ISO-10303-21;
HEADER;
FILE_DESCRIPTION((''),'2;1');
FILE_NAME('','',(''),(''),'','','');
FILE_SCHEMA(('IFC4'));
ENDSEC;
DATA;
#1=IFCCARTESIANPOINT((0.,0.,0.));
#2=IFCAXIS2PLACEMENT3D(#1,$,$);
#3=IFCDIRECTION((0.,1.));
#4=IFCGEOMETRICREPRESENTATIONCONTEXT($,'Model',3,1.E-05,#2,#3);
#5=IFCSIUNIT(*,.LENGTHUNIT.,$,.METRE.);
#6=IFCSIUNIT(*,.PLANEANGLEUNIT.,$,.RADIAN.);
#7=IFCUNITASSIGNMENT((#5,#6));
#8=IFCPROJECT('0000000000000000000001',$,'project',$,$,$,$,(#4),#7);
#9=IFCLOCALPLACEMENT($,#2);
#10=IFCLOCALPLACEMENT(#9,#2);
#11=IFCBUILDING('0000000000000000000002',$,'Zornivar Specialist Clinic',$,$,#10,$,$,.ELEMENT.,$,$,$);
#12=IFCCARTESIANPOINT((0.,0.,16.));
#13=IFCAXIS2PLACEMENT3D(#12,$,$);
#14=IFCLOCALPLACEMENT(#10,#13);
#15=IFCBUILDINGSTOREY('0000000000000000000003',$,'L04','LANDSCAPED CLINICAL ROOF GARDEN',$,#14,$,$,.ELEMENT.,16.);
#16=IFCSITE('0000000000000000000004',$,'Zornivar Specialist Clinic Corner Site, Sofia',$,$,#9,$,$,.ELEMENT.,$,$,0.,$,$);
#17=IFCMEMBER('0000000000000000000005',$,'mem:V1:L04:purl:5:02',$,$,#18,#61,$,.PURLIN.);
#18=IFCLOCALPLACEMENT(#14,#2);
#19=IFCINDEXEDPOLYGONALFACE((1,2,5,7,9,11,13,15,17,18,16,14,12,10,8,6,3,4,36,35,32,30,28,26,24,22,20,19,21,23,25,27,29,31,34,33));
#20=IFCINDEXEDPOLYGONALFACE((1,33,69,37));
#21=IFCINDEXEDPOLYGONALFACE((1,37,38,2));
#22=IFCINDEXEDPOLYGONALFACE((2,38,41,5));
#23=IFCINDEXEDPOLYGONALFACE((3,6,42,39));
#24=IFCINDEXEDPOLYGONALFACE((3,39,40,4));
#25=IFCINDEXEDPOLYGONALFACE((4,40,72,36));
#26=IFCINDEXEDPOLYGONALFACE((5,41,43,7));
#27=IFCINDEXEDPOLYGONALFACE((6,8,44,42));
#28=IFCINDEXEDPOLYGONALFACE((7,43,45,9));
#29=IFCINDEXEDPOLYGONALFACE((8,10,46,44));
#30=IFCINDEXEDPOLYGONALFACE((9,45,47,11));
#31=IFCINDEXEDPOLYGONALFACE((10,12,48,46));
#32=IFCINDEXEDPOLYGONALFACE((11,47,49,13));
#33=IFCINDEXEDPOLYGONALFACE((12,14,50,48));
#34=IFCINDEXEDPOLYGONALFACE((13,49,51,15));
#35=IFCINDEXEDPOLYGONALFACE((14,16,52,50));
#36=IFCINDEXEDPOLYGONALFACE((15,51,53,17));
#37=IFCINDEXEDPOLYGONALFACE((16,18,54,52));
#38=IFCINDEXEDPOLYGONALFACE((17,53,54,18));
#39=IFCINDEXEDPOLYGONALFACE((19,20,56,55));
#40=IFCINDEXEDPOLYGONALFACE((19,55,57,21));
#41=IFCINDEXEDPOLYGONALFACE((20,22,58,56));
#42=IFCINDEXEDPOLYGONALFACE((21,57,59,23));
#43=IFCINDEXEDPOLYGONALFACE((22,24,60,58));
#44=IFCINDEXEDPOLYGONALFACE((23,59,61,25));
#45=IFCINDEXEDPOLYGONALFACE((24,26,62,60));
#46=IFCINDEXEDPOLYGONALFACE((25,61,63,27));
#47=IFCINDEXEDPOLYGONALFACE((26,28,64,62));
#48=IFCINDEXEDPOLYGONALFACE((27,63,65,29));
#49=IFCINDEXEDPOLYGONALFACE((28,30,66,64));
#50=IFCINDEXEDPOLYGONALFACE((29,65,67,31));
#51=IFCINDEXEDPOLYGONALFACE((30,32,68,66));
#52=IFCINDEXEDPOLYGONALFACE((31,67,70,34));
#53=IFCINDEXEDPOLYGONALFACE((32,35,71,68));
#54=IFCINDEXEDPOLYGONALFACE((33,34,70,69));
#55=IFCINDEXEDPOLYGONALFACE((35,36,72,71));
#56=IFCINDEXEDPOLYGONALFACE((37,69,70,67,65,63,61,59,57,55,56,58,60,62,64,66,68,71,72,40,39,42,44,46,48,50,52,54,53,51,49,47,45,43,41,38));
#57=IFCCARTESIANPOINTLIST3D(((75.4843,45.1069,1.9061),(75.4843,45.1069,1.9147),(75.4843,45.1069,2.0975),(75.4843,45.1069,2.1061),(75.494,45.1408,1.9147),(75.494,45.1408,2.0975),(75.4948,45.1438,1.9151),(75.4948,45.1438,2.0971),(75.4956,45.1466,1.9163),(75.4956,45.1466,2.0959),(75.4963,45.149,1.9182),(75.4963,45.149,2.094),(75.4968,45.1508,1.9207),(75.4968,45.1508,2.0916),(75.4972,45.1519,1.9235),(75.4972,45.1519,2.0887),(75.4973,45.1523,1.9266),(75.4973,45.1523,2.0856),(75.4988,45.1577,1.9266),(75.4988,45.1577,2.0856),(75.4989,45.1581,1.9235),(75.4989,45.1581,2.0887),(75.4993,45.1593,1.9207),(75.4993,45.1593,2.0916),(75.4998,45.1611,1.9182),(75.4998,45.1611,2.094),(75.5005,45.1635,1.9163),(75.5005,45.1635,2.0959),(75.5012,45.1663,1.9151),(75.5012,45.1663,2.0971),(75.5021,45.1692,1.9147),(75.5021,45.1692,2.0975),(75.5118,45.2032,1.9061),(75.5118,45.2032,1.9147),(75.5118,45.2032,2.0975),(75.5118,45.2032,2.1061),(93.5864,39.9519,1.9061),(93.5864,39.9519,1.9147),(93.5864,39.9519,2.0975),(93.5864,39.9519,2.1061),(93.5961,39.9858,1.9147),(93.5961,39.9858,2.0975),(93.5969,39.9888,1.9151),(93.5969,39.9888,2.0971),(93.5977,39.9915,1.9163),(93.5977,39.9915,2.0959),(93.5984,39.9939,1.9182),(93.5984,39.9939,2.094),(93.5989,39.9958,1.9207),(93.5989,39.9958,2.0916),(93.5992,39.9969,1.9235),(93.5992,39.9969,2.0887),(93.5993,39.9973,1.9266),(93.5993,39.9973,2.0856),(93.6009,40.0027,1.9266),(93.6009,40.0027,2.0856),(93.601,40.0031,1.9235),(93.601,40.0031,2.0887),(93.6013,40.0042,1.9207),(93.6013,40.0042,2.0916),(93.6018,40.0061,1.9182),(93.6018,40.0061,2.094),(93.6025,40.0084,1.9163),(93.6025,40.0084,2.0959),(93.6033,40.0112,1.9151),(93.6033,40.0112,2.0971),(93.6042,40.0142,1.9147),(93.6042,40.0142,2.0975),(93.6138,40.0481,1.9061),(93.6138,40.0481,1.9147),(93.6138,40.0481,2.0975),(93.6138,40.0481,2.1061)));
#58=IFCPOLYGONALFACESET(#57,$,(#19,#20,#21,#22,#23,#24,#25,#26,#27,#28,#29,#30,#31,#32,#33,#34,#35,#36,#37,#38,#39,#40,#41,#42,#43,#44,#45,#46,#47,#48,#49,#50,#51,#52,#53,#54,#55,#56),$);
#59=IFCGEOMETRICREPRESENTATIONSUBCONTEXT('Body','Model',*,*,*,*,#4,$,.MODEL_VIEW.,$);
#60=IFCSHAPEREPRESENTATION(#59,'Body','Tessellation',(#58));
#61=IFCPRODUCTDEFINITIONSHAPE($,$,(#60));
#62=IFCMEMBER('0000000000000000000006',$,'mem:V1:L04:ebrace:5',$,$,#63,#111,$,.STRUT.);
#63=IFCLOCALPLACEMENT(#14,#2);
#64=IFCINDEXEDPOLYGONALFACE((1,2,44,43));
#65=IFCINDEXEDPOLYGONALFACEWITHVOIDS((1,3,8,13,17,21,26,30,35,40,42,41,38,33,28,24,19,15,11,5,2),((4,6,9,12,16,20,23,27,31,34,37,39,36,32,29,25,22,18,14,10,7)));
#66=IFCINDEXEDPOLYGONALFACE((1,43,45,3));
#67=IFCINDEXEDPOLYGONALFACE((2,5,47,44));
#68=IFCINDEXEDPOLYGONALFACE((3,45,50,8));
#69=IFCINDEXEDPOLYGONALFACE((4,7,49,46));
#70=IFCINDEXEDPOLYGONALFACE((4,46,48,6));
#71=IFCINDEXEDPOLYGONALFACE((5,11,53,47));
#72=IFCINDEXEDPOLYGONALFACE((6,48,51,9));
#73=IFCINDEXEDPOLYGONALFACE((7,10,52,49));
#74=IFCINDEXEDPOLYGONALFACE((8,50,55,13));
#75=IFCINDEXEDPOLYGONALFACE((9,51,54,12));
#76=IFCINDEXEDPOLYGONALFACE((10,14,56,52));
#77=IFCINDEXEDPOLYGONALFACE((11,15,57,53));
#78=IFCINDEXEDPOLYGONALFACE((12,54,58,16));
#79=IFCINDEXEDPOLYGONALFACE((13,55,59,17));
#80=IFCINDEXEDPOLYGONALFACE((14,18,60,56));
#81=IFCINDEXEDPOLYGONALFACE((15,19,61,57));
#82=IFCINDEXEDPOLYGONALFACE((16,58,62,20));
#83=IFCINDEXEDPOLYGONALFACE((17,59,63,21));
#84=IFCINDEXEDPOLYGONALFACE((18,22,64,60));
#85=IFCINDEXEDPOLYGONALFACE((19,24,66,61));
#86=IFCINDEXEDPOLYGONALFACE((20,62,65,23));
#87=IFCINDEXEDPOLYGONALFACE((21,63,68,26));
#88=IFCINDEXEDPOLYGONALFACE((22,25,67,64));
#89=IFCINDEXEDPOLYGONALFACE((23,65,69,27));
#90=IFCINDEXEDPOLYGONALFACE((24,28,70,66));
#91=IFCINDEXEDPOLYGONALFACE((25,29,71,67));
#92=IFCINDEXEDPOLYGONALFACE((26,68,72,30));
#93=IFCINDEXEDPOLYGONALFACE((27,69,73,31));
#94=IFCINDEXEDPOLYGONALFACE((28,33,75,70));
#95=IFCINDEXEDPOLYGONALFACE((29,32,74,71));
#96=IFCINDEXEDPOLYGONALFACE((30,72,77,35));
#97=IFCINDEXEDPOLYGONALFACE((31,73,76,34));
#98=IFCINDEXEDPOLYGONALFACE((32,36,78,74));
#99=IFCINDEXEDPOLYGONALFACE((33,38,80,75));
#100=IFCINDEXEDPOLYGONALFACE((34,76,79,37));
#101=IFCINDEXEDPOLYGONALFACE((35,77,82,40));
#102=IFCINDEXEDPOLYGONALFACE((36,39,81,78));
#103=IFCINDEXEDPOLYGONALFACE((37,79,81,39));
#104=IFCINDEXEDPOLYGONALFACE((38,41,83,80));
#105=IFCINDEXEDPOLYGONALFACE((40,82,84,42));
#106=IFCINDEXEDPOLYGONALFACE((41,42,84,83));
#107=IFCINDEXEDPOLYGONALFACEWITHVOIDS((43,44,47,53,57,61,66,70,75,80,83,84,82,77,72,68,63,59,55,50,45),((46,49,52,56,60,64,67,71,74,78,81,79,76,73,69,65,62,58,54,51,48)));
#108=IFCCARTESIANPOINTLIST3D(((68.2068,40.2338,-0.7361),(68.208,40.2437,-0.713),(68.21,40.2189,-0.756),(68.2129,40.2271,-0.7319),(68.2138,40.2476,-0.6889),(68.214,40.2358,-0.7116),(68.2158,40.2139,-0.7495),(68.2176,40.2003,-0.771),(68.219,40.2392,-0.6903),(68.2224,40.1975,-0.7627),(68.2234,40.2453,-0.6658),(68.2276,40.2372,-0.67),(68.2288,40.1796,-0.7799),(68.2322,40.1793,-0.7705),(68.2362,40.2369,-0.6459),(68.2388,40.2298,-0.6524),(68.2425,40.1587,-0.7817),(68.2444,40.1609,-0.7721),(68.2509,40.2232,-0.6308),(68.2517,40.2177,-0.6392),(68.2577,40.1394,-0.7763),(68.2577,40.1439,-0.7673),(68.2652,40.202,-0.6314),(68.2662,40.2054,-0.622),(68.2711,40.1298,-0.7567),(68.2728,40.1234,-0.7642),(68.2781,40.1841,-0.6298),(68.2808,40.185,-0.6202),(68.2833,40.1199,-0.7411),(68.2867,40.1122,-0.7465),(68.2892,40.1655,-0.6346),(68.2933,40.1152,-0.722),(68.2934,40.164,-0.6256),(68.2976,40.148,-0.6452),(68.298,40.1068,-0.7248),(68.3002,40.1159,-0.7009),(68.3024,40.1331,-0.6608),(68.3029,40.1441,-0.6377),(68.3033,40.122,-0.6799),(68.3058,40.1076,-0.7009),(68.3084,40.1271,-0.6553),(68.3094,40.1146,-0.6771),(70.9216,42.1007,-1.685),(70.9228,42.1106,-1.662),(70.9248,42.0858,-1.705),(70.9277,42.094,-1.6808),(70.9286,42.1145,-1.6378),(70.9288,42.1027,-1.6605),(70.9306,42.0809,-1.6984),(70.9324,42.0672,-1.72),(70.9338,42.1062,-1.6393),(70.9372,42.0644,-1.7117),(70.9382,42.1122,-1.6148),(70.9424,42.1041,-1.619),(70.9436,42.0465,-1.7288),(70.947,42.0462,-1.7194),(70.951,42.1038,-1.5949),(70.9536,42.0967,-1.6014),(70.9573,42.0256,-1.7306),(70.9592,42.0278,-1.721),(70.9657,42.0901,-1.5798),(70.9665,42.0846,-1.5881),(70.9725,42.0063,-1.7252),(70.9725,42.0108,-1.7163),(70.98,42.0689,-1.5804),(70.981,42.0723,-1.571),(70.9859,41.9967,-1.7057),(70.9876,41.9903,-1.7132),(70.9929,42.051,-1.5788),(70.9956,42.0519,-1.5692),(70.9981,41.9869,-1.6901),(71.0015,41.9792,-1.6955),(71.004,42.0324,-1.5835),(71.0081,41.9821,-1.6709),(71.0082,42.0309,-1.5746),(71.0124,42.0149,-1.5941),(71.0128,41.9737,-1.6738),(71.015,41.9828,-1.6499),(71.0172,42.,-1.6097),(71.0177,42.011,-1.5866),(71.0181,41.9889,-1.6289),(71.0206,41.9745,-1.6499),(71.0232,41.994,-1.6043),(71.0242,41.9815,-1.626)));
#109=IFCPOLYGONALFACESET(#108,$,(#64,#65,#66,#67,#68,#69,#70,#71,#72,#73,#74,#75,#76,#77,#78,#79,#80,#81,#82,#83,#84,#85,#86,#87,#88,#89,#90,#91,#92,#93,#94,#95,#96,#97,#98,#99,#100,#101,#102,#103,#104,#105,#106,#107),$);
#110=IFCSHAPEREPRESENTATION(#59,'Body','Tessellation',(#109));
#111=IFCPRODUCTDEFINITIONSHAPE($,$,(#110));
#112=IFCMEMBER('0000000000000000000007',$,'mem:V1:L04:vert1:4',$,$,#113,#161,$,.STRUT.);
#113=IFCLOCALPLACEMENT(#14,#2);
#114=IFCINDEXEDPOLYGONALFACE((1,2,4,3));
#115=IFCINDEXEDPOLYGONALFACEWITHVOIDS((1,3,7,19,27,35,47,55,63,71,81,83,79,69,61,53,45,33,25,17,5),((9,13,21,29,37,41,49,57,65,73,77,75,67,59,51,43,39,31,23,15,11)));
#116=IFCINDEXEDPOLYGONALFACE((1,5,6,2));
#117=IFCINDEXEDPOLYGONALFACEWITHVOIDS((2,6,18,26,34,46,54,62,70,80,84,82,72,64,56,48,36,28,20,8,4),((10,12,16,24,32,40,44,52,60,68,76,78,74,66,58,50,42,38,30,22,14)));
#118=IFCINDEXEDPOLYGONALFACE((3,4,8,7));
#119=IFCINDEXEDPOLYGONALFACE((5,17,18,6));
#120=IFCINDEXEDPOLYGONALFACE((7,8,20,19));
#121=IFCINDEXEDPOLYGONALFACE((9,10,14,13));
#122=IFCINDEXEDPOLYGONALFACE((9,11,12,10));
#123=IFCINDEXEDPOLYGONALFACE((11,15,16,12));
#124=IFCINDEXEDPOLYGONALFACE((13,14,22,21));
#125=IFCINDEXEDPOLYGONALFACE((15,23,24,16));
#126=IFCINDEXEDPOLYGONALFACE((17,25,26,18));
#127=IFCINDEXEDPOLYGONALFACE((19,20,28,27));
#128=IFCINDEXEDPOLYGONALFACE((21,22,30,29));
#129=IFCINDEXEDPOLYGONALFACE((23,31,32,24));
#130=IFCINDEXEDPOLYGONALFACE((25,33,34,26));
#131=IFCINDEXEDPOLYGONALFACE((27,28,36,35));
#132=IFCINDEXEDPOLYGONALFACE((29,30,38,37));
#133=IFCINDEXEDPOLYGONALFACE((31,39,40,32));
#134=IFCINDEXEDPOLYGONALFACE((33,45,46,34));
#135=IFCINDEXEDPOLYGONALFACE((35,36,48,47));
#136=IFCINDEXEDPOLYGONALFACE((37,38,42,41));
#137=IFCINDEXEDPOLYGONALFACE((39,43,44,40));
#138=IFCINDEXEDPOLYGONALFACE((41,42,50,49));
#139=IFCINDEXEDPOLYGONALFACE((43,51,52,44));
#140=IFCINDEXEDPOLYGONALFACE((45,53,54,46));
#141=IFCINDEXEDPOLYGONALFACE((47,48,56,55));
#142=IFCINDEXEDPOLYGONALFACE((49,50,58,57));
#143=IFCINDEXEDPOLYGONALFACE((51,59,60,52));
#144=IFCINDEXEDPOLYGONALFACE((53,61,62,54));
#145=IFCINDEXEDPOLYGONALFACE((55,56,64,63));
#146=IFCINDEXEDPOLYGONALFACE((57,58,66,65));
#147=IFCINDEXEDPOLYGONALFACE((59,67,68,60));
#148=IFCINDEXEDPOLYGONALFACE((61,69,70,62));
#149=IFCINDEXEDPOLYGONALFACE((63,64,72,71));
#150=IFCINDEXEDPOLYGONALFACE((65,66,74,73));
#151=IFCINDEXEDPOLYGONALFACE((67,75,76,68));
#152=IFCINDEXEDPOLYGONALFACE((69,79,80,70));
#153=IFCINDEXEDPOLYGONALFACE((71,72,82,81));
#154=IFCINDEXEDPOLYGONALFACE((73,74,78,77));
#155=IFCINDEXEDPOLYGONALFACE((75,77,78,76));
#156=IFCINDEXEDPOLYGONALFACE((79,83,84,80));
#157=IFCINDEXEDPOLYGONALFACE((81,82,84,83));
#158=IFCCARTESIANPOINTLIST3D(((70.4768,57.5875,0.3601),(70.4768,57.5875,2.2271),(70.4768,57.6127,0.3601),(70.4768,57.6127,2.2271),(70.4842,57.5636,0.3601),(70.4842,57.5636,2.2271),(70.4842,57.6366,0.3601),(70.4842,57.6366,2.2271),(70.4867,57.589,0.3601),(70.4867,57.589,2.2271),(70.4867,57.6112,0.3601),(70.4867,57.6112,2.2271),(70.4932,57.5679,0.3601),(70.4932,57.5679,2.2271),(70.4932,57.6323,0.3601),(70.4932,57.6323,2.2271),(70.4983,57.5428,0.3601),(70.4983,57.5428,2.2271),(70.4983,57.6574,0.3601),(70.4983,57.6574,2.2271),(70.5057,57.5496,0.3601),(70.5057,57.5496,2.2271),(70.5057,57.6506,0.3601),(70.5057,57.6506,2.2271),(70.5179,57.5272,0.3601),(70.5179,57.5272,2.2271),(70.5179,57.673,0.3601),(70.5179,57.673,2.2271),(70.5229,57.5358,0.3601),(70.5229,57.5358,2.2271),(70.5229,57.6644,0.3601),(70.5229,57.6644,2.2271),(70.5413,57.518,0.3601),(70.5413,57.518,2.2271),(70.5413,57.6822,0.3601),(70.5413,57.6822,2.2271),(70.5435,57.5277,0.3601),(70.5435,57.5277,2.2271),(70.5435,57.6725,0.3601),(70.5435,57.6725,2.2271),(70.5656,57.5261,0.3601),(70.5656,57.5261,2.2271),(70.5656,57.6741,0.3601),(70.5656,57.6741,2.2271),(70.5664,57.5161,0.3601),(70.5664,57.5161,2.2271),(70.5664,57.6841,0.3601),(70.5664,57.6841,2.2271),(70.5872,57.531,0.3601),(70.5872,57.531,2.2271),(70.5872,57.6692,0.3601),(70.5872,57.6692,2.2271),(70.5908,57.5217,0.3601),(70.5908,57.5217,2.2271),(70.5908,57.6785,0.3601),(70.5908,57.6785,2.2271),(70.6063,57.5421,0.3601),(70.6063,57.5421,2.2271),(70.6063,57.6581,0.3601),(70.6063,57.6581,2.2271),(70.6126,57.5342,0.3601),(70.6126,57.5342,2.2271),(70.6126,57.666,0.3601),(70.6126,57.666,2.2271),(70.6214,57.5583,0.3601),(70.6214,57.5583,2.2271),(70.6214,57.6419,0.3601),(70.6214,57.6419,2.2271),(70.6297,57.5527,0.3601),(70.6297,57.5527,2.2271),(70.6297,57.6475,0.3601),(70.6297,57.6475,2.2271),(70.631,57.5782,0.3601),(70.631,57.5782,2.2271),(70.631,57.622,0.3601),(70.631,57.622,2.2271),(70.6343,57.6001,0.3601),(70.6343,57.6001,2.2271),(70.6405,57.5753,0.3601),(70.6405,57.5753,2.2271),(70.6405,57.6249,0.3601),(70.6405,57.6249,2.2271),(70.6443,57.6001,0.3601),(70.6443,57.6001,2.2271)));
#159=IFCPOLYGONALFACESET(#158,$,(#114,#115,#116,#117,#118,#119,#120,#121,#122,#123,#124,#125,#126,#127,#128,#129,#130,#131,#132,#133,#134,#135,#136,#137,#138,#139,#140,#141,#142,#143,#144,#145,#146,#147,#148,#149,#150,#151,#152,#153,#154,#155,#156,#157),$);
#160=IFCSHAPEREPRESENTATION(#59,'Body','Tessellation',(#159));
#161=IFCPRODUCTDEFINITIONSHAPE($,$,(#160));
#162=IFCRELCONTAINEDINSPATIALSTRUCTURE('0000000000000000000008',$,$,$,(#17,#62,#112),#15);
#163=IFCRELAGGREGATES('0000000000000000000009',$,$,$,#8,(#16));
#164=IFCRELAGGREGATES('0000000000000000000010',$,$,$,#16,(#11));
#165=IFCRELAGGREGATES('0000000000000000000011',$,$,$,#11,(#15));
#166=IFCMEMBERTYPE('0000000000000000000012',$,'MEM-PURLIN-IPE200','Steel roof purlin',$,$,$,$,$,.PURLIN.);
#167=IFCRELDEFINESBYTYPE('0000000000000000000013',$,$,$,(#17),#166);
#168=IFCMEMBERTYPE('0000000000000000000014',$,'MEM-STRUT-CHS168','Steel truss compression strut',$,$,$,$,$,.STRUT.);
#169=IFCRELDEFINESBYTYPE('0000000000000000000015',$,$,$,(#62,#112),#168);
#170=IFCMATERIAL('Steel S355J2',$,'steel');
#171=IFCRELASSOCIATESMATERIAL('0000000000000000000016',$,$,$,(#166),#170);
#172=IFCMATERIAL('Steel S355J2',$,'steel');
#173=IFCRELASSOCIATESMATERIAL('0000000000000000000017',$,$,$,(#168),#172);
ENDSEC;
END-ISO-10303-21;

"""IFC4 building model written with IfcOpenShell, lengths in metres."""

from ifc_helpers import new_model, si_unit, direction, frame, origin, origin_2d, place, context, subcontext, project, spatial, hollow_circle, i_section, extrude, material, material_profile, profile_set, type_object, element, save


model = new_model("IFC4")

# Units and contexts
model_context = context("Model", 3, precision=1e-05, world=origin(), true_north=direction((0.0, 1.0)))
body_context = subcontext(model_context, "Body", "Model", "MODEL_VIEW")
ifc_project = project(units=[si_unit("LENGTHUNIT", "METRE"), si_unit("PLANEANGLEUNIT", "RADIAN")], contexts=[model_context])

# Site, building, storey
site_placement = place(None, origin())
site = spatial("IfcSite", under=ifc_project, at=site_placement, Name="Zornivar Specialist Clinic Corner Site, Sofia", CompositionType="ELEMENT", RefElevation=0.0)
building_placement = place(site_placement, origin())
building = spatial("IfcBuilding", under=site, at=building_placement, Name="Zornivar Specialist Clinic", CompositionType="ELEMENT")
storey_placement = place(building_placement, frame((0.0, 0.0, 16.0)))
storey = spatial("IfcBuildingStorey", under=building, at=storey_placement, Name="L04", Description="LANDSCAPED CLINICAL ROOF GARDEN", CompositionType="ELEMENT", Elevation=16.0)

# Members
ifc_material_1 = material(Name="Steel S355J2", Category="steel")
ifc_material_profile_1 = material_profile(ifc_material_1, i_section(OverallWidth=0.1001, OverallDepth=0.2, WebThickness=0.0056, FlangeThickness=0.0085, FilletRadius=0.012, at=origin_2d()), Name="IPE 200")
ifc_profile_set_1 = profile_set([ifc_material_profile_1], Name="Steel S355J2")
member_type_1 = type_object("IfcMemberType", Name="MEM-PURLIN-IPE200", Description="Steel roof purlin", PredefinedType="PURLIN", material=ifc_profile_set_1)
member_1_placement = place(storey_placement, frame((75.498, 45.155, 2.0061), z_axis=(0.961762, -0.273887, 0.0), x_axis=(0.273887, 0.961762, 0.0)))
element("IfcMember", 1, at=member_1_placement, inside=storey, type_object=member_type_1, Name="mem:V1:L04:purl:5:02", PredefinedType="PURLIN", context=body_context, shape_type="SweptSolid", body=[
    extrude(i_section(OverallWidth=0.1001, OverallDepth=0.2, WebThickness=0.0056, FlangeThickness=0.0085, FilletRadius=0.012, at=origin_2d()), origin(), (0.0, 0.0, 1.0), 18.8218),
])
ifc_material_2 = material(Name="Steel S355J2", Category="steel")
ifc_material_profile_2 = material_profile(ifc_material_2, hollow_circle(Radius=0.0842, WallThickness=0.01, at=origin_2d()), Name="CHS 168.3x10")
ifc_profile_set_2 = profile_set([ifc_material_profile_2], Name="Steel S355J2")
member_type_2 = type_object("IfcMemberType", Name="MEM-STRUT-CHS168", Description="Steel truss compression strut", PredefinedType="STRUT", material=ifc_profile_set_2)
member_2_placement = place(storey_placement, frame((70.9729, 42.0439, -1.6499), z_axis=(-0.791785, -0.544495, 0.276769), x_axis=(0.566629, -0.823973, 0.0)))
element("IfcMember", 2, at=member_2_placement, inside=storey, type_object=member_type_2, Name="mem:V1:L04:ebrace:5", PredefinedType="STRUT", context=body_context, shape_type="SweptSolid", body=[
    extrude(hollow_circle(Radius=0.0842, WallThickness=0.01, at=origin_2d()), origin(), (0.0, 0.0, 1.0), 3.4287),
])
member_3_placement = place(storey_placement, frame((70.5601, 57.6001, 0.3601), z_axis=(0.0, 0.0, 1.0), x_axis=(1.0, 0.0, 0.0)))
element("IfcMember", 3, at=member_3_placement, inside=storey, type_object=member_type_2, Name="mem:V1:L04:vert1:4", PredefinedType="STRUT", context=body_context, shape_type="SweptSolid", body=[
    extrude(hollow_circle(Radius=0.0842, WallThickness=0.01, at=origin_2d()), origin(), (0.0, 0.0, 1.0), 1.8669),
])

save(model, "model.ifc")
